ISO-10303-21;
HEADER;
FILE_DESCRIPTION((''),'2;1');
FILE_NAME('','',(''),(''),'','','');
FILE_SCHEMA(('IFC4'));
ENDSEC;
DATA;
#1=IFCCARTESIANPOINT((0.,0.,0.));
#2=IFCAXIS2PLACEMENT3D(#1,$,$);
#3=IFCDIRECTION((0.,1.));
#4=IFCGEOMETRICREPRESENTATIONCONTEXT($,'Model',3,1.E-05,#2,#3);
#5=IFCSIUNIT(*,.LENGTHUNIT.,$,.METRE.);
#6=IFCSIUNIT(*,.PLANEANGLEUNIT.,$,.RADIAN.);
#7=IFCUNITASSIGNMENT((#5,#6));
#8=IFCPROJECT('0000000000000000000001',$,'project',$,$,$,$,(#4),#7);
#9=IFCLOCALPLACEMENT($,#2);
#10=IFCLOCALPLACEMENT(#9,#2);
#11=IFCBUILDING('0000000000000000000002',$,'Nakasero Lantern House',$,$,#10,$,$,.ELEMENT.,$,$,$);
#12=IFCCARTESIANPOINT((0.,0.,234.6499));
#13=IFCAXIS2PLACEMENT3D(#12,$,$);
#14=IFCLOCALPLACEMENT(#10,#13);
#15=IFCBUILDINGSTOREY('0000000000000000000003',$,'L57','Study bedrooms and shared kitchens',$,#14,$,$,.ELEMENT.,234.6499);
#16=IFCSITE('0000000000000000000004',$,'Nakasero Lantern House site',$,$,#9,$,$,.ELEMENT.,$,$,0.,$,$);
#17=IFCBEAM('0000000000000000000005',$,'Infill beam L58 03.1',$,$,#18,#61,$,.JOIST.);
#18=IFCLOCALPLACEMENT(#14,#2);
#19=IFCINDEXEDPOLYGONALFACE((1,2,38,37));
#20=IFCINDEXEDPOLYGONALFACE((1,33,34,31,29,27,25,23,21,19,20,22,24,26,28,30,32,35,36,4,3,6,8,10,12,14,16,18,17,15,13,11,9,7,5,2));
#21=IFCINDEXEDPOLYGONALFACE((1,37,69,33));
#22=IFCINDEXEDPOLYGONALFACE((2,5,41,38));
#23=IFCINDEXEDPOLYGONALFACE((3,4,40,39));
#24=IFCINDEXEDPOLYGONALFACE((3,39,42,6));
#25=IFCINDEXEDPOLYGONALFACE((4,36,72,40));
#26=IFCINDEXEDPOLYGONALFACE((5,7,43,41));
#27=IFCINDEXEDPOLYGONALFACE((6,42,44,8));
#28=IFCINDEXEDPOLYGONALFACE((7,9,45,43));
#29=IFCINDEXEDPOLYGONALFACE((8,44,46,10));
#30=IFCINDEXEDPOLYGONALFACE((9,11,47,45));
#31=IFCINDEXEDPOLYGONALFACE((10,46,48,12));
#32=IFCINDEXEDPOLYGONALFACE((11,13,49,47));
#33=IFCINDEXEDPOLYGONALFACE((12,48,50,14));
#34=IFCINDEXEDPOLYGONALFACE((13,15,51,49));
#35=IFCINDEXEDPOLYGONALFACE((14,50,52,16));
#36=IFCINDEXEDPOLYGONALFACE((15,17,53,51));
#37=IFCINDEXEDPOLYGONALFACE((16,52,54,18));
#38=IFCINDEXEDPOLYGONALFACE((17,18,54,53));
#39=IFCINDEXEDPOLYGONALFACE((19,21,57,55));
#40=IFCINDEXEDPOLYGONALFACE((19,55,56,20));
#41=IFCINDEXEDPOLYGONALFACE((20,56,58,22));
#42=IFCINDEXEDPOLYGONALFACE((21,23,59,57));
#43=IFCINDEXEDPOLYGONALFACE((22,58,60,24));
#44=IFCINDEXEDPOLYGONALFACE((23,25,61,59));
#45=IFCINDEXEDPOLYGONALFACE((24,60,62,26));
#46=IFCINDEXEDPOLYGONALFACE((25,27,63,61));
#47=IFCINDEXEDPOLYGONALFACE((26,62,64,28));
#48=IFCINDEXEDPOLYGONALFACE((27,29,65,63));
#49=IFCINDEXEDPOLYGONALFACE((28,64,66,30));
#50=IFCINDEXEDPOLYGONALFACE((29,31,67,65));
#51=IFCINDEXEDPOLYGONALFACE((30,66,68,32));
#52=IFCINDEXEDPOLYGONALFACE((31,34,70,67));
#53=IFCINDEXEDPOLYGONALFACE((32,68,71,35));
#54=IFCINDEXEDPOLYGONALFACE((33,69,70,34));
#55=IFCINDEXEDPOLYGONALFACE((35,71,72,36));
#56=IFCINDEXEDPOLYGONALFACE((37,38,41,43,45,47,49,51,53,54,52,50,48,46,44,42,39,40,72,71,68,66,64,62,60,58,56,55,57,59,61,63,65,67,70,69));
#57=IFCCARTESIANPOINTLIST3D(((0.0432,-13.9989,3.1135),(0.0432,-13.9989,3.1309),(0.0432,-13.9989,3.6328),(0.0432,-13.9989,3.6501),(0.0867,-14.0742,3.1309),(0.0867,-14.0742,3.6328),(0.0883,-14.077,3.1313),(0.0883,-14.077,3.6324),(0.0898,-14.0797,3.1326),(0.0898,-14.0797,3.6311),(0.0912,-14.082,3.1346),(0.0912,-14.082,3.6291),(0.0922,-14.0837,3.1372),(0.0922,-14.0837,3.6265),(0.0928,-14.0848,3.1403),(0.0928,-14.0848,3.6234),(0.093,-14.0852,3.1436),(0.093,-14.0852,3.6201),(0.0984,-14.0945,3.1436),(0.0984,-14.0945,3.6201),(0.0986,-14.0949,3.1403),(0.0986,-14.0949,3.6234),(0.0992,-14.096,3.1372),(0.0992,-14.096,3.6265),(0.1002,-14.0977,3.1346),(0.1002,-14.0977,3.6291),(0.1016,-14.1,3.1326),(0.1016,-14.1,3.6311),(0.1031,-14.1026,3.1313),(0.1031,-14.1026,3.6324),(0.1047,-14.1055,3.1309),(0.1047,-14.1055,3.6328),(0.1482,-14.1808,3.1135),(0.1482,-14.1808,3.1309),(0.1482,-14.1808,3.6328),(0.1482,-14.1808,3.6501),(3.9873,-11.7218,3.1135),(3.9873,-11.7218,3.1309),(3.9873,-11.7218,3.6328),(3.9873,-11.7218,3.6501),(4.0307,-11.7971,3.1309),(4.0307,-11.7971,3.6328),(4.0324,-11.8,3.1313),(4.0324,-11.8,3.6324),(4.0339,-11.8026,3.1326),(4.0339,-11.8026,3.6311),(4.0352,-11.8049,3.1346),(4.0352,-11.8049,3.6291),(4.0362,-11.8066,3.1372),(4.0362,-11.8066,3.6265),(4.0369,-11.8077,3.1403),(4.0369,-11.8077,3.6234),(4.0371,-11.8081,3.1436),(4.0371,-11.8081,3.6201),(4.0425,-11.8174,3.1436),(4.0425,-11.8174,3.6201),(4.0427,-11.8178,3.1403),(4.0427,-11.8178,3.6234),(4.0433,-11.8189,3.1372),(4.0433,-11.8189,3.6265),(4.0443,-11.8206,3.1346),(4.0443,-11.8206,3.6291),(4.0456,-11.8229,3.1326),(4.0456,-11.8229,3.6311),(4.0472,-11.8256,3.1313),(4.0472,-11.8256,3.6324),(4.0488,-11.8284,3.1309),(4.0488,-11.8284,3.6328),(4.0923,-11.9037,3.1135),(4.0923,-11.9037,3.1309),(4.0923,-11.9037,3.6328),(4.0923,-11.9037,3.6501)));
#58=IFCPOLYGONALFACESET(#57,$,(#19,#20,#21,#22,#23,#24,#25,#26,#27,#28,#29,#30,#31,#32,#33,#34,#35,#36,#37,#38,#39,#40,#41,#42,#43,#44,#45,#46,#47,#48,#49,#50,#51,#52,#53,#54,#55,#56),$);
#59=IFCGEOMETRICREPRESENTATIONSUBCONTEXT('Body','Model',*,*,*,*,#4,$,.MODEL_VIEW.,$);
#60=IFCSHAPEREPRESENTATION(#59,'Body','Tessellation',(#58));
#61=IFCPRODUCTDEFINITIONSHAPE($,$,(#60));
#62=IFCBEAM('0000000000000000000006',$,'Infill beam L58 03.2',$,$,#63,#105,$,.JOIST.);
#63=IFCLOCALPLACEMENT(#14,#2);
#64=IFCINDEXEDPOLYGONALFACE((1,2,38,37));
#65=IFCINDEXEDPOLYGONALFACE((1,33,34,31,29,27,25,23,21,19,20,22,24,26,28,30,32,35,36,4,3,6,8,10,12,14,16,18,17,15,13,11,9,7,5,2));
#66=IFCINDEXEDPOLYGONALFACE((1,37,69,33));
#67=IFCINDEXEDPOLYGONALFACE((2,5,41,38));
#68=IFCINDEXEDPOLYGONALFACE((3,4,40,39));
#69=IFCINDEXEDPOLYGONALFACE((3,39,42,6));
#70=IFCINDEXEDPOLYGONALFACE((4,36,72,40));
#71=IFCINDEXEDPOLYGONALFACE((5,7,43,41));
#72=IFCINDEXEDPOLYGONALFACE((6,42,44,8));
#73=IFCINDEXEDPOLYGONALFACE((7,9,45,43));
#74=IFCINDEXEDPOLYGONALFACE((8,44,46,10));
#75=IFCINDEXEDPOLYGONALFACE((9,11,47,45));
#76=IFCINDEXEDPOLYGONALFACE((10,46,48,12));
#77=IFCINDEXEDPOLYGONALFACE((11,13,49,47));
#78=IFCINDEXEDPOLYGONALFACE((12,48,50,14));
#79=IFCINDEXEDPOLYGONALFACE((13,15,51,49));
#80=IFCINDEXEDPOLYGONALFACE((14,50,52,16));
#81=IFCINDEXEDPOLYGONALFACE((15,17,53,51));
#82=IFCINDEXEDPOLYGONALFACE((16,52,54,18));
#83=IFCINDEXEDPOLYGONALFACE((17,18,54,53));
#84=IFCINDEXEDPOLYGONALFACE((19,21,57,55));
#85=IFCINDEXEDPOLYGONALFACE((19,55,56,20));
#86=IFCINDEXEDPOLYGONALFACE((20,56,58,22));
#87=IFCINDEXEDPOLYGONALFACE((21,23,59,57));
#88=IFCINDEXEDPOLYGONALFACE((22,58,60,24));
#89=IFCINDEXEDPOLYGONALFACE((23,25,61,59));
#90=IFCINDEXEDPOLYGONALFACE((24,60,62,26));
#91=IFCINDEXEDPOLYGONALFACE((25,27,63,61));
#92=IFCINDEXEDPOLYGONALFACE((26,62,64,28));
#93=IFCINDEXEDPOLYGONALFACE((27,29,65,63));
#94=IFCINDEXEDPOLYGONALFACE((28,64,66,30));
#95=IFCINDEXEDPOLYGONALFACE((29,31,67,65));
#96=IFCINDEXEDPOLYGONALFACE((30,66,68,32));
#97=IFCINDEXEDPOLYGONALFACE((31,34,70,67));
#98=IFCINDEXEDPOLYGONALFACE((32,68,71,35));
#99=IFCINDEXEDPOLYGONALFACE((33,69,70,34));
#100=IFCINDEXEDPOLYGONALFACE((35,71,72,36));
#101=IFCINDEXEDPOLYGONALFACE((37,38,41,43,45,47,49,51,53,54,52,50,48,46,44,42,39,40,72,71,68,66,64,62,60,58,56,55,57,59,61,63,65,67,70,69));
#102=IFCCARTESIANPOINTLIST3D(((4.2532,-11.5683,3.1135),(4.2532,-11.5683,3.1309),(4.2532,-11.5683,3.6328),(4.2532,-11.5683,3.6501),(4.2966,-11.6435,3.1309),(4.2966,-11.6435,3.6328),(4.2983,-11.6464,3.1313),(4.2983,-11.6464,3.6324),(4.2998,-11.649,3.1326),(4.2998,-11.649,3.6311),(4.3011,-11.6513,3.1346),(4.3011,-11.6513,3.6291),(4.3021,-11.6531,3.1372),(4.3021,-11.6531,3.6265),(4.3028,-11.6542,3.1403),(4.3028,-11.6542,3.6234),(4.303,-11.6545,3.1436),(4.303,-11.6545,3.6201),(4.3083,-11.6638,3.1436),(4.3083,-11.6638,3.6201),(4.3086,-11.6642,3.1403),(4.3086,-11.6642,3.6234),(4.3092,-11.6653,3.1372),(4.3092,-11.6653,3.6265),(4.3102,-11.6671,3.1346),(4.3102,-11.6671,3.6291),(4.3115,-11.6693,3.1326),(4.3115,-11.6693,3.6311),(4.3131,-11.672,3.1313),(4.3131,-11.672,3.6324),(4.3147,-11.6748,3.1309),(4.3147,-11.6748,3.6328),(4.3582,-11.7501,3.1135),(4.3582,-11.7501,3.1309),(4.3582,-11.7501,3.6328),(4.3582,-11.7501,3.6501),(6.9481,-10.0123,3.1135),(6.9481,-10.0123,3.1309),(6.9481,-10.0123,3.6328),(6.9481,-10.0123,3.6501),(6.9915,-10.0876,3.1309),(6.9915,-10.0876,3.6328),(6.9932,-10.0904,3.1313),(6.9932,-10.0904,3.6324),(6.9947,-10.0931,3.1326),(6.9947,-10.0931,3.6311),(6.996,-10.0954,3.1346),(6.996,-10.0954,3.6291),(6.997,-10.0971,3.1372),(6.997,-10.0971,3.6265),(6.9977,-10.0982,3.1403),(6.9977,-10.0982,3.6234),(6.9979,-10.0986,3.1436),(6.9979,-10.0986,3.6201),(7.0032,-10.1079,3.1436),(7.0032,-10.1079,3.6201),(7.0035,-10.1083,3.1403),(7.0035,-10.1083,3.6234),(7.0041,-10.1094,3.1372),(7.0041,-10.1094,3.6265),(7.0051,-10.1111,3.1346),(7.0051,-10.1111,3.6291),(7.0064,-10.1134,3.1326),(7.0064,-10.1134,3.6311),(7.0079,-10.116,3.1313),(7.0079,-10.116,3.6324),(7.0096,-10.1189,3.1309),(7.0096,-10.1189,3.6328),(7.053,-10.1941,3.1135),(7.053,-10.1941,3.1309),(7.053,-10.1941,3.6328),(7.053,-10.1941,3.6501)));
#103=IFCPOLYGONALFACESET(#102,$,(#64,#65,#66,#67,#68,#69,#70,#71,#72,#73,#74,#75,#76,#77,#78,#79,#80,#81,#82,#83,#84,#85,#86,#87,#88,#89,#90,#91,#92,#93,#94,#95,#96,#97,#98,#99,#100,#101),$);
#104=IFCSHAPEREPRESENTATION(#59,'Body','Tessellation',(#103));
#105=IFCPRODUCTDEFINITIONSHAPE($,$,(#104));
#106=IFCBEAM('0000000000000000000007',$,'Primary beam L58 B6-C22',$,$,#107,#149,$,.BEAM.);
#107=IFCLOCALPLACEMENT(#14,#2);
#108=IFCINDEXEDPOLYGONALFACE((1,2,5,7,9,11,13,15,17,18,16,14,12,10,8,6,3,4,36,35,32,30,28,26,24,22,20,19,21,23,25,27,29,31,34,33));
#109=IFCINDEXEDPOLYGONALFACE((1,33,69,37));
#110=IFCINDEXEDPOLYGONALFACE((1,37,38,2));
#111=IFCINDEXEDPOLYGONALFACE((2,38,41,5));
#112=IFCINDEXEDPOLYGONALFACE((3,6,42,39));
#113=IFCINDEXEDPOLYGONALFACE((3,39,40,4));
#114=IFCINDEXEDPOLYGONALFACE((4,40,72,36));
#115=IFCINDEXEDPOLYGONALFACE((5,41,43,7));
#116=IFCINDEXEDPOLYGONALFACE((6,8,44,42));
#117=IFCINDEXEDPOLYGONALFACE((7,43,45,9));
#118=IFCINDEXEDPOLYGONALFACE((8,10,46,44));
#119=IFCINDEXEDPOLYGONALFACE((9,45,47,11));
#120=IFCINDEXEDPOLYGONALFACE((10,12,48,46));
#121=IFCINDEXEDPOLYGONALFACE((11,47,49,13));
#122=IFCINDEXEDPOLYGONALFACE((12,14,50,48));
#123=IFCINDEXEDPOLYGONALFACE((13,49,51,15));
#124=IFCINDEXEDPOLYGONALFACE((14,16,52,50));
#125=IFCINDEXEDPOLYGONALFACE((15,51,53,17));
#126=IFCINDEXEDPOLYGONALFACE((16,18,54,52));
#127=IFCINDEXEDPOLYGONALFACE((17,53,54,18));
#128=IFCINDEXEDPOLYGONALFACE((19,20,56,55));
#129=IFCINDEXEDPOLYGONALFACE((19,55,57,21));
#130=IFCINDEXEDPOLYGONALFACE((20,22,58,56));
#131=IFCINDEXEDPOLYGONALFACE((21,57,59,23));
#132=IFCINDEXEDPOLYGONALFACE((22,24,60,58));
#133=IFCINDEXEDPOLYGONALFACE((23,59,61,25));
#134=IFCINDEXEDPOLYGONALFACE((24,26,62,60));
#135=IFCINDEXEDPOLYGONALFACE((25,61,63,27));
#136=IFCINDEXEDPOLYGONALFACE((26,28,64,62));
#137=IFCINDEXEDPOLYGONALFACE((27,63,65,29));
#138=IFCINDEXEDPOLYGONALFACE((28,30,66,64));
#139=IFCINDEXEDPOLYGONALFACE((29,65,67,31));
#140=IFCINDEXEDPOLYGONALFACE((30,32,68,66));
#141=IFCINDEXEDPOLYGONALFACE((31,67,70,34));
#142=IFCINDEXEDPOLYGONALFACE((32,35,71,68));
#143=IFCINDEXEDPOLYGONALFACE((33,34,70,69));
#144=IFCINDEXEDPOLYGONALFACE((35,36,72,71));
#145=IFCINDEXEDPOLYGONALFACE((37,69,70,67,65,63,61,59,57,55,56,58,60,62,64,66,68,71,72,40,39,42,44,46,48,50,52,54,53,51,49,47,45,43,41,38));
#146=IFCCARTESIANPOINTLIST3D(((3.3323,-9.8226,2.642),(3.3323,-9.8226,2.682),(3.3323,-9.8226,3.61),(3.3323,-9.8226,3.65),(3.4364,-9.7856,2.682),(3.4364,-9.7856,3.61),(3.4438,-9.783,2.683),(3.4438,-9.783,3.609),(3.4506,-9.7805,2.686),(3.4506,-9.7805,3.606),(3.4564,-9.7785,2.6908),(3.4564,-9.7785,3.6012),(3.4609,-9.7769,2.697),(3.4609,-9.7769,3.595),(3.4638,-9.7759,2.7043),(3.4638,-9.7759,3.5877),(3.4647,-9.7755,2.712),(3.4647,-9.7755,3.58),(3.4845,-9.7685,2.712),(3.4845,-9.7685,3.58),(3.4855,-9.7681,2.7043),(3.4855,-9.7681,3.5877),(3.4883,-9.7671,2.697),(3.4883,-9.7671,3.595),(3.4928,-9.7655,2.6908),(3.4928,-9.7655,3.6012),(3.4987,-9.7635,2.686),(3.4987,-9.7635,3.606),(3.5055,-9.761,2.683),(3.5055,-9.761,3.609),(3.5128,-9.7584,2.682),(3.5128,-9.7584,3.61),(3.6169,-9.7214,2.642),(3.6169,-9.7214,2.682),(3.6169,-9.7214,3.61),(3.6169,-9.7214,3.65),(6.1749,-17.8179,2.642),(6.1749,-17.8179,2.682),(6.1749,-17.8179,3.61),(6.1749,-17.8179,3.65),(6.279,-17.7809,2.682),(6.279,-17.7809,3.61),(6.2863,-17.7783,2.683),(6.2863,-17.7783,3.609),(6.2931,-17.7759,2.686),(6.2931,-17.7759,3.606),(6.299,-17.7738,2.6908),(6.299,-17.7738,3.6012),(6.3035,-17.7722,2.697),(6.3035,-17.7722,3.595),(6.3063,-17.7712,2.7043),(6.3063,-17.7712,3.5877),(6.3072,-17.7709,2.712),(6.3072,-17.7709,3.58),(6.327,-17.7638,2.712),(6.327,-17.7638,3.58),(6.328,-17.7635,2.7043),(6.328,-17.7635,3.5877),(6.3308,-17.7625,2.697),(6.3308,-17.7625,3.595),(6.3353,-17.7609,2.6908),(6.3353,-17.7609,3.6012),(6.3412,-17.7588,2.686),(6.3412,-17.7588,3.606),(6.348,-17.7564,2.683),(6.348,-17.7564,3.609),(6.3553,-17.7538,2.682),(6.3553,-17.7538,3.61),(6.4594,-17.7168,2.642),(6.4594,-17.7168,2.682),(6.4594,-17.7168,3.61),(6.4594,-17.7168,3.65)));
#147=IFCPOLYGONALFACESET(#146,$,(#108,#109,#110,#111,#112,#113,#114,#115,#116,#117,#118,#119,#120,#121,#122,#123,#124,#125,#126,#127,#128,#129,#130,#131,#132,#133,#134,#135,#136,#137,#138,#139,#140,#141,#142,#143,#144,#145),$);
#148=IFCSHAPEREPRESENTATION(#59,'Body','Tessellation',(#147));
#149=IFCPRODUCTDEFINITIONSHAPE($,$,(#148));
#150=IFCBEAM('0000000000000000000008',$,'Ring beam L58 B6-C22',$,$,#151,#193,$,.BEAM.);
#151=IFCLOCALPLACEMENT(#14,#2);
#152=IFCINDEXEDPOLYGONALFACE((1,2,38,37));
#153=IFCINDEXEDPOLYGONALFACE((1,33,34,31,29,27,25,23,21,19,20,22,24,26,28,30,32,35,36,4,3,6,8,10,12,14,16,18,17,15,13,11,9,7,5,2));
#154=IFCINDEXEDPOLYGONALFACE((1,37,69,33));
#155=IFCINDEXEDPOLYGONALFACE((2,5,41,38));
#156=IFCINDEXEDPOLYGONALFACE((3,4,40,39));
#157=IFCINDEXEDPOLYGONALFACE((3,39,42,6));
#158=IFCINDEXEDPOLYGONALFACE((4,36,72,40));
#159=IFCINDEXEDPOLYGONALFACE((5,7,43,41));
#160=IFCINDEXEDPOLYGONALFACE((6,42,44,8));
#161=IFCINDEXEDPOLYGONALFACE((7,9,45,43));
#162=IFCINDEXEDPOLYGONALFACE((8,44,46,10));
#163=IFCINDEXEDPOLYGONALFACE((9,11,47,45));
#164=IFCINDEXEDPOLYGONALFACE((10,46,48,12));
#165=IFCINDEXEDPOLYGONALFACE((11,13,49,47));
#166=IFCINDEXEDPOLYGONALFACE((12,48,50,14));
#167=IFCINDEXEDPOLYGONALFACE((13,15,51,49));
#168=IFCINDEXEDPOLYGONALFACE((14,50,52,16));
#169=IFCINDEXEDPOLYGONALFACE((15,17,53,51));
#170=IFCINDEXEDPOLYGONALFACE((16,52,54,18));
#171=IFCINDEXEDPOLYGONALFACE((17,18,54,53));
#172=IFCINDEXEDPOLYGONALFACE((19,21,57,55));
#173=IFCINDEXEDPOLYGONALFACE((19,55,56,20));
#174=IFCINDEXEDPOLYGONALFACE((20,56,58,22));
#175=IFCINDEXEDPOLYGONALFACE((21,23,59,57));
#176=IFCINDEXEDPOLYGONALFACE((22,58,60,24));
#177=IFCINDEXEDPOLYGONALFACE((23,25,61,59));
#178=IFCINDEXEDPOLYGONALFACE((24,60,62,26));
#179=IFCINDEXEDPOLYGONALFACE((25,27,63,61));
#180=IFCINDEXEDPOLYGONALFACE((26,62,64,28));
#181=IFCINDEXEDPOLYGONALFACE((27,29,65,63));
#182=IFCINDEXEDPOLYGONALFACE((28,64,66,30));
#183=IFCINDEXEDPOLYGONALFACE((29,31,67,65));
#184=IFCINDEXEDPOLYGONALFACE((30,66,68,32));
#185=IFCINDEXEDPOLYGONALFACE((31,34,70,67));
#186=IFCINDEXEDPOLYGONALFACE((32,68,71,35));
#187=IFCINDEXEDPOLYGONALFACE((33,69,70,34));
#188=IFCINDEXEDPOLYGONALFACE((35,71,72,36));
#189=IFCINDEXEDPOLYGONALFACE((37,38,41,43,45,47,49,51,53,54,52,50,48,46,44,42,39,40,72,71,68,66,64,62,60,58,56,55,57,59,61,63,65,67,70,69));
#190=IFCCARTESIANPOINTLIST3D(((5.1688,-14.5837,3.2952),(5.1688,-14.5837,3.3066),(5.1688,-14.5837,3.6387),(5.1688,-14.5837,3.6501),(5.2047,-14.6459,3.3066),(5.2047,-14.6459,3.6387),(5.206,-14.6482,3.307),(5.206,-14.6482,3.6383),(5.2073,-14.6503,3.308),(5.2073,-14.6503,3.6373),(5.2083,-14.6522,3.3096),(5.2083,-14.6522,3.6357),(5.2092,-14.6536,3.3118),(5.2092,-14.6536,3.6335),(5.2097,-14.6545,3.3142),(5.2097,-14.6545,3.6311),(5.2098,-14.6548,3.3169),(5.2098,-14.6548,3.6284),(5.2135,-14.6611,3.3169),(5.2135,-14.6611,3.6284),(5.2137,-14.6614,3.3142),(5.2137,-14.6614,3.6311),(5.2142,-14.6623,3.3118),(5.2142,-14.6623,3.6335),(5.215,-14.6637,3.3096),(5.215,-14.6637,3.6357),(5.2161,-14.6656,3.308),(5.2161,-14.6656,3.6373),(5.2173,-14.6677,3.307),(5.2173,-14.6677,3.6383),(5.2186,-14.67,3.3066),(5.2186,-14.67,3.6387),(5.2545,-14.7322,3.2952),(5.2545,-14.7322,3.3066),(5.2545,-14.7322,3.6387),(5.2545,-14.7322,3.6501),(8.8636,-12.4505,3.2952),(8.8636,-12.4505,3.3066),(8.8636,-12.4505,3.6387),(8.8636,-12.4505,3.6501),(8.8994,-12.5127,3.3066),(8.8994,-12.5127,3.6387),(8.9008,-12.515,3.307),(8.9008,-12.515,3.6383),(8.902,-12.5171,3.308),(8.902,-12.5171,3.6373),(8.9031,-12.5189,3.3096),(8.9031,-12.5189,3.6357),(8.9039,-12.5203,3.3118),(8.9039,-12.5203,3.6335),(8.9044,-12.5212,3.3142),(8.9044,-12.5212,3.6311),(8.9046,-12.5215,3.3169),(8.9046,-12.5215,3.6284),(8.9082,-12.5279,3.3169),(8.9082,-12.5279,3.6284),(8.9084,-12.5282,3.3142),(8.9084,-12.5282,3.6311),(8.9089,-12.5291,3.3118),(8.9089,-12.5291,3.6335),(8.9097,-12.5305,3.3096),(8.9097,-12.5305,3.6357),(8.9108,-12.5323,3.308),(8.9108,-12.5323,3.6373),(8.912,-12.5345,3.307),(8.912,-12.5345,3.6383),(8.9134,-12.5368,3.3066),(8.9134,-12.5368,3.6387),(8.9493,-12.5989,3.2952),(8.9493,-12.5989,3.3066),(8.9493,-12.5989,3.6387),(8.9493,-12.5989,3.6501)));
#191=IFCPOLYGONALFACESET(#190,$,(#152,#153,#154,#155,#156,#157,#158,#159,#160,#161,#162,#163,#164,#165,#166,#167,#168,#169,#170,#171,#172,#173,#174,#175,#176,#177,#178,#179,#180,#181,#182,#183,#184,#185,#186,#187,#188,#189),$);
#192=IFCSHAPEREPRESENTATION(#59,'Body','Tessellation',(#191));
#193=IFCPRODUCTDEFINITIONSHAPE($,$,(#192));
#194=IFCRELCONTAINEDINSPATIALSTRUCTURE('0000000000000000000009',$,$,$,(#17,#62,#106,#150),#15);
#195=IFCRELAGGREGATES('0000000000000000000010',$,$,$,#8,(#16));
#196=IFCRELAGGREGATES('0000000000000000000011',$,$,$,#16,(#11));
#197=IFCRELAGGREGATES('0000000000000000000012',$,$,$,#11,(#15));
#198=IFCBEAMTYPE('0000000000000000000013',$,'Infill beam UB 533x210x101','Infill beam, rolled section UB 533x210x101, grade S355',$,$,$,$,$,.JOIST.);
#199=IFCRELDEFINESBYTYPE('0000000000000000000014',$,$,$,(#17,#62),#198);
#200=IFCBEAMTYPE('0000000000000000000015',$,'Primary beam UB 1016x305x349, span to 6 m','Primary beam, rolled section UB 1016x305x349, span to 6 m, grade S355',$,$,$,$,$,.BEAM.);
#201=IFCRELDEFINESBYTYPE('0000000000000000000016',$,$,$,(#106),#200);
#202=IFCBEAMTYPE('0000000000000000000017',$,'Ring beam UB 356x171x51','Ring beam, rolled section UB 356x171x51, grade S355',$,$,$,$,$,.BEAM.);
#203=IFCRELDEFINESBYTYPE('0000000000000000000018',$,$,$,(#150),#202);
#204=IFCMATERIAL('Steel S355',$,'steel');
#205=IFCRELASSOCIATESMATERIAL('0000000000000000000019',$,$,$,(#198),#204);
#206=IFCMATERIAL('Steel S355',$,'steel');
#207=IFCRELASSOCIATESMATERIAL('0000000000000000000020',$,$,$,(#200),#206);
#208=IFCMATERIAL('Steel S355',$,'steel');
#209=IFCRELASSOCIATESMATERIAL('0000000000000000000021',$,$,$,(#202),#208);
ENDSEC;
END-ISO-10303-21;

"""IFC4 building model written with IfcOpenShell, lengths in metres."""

from ifc_helpers import new_model, si_unit, direction, frame, origin, origin_2d, place, context, subcontext, project, spatial, i_section, extrude, material, material_profile, profile_set, type_object, element, save


model = new_model("IFC4")

# Units and contexts
model_context = context("Model", 3, precision=1e-05, world=origin(), true_north=direction((0.0, 1.0)))
body_context = subcontext(model_context, "Body", "Model", "MODEL_VIEW")
ifc_project = project(units=[si_unit("LENGTHUNIT", "METRE"), si_unit("PLANEANGLEUNIT", "RADIAN")], contexts=[model_context])

# Site, building, storey
site_placement = place(None, origin())
site = spatial("IfcSite", under=ifc_project, at=site_placement, Name="Nakasero Lantern House site", CompositionType="ELEMENT", RefElevation=0.0)
building_placement = place(site_placement, origin())
building = spatial("IfcBuilding", under=site, at=building_placement, Name="Nakasero Lantern House", CompositionType="ELEMENT")
storey_placement = place(building_placement, frame((0.0, 0.0, 234.6499)))
storey = spatial("IfcBuildingStorey", under=building, at=storey_placement, Name="L57", Description="Study bedrooms and shared kitchens", CompositionType="ELEMENT", Elevation=234.6499)

# Beams
ifc_material_1 = material(Name="Steel S355", Category="steel")
ifc_material_profile_1 = material_profile(ifc_material_1, i_section(OverallWidth=0.21, OverallDepth=0.5366, WebThickness=0.0107, FlangeThickness=0.0173, FilletRadius=0.0127, at=origin_2d()), Name="UB 533x210x101")
ifc_profile_set_1 = profile_set([ifc_material_profile_1], Name="Steel S355")
beam_type_1 = type_object("IfcBeamType", Name="Infill beam UB 533x210x101", Description="Infill beam, rolled section UB 533x210x101, grade S355", PredefinedType="JOIST", material=ifc_profile_set_1)
beam_1_placement = place(storey_placement, frame((0.0957, -14.0898, 3.3818), z_axis=(0.866028, 0.499996, 0.0), x_axis=(-0.499996, 0.866028, 0.0)))
element("IfcBeam", 1, at=beam_1_placement, inside=storey, type_object=beam_type_1, Name="Infill beam L58 03.1", PredefinedType="JOIST", context=body_context, shape_type="SweptSolid", body=[
    extrude(i_section(OverallWidth=0.21, OverallDepth=0.5366, WebThickness=0.0107, FlangeThickness=0.0173, FilletRadius=0.0127, at=origin_2d()), origin(), (0.0, 0.0, 1.0), 4.5542),
])
beam_2_placement = place(storey_placement, frame((4.3057, -11.6592, 3.3818), z_axis=(0.866018, 0.500012, 0.0), x_axis=(-0.500012, 0.866018, 0.0)))
element("IfcBeam", 2, at=beam_2_placement, inside=storey, type_object=beam_type_1, Name="Infill beam L58 03.2", PredefinedType="JOIST", context=body_context, shape_type="SweptSolid", body=[
    extrude(i_section(OverallWidth=0.21, OverallDepth=0.5366, WebThickness=0.0107, FlangeThickness=0.0173, FilletRadius=0.0127, at=origin_2d()), origin(), (0.0, 0.0, 1.0), 3.1118),
])
ifc_material_2 = material(Name="Steel S355", Category="steel")
ifc_material_profile_2 = material_profile(ifc_material_2, i_section(OverallWidth=0.302, OverallDepth=1.0081, WebThickness=0.021, FlangeThickness=0.04, FilletRadius=0.03, at=origin_2d()), Name="UB 1016x305x349")
ifc_profile_set_2 = profile_set([ifc_material_profile_2], Name="Steel S355")
beam_type_2 = type_object("IfcBeamType", Name="Primary beam UB 1016x305x349, span to 6 m", Description="Primary beam, rolled section UB 1016x305x349, span to 6 m, grade S355", PredefinedType="BEAM", material=ifc_profile_set_2)
beam_3_placement = place(storey_placement, frame((6.3171, -17.7673, 3.146), z_axis=(-0.334982, 0.942225, 0.0), x_axis=(-0.942225, -0.334982, 0.0)))
element("IfcBeam", 3, at=beam_3_placement, inside=storey, type_object=beam_type_2, Name="Primary beam L58 B6-C22", PredefinedType="BEAM", context=body_context, shape_type="SweptSolid", body=[
    extrude(i_section(OverallWidth=0.302, OverallDepth=1.0081, WebThickness=0.021, FlangeThickness=0.04, FilletRadius=0.03, at=origin_2d()), origin(), (0.0, 0.0, 1.0), 8.4856),
])
ifc_material_3 = material(Name="Steel S355", Category="steel")
ifc_material_profile_3 = material_profile(ifc_material_3, i_section(OverallWidth=0.1714, OverallDepth=0.355, WebThickness=0.0073, FlangeThickness=0.0115, FilletRadius=0.0103, at=origin_2d()), Name="UB 356x171x51")
ifc_profile_set_3 = profile_set([ifc_material_profile_3], Name="Steel S355")
beam_type_3 = type_object("IfcBeamType", Name="Ring beam UB 356x171x51", Description="Ring beam, rolled section UB 356x171x51, grade S355", PredefinedType="BEAM", material=ifc_profile_set_3)
beam_4_placement = place(storey_placement, frame((5.2117, -14.658, 3.4727), z_axis=(0.866016, 0.500016, 0.0), x_axis=(-0.500016, 0.866016, 0.0)))
element("IfcBeam", 4, at=beam_4_placement, inside=storey, type_object=beam_type_3, Name="Ring beam L58 B6-C22", PredefinedType="BEAM", context=body_context, shape_type="SweptSolid", body=[
    extrude(i_section(OverallWidth=0.1714, OverallDepth=0.355, WebThickness=0.0073, FlangeThickness=0.0115, FilletRadius=0.0103, at=origin_2d()), origin(), (0.0, 0.0, 1.0), 4.2664),
])

save(model, "model.ifc")
